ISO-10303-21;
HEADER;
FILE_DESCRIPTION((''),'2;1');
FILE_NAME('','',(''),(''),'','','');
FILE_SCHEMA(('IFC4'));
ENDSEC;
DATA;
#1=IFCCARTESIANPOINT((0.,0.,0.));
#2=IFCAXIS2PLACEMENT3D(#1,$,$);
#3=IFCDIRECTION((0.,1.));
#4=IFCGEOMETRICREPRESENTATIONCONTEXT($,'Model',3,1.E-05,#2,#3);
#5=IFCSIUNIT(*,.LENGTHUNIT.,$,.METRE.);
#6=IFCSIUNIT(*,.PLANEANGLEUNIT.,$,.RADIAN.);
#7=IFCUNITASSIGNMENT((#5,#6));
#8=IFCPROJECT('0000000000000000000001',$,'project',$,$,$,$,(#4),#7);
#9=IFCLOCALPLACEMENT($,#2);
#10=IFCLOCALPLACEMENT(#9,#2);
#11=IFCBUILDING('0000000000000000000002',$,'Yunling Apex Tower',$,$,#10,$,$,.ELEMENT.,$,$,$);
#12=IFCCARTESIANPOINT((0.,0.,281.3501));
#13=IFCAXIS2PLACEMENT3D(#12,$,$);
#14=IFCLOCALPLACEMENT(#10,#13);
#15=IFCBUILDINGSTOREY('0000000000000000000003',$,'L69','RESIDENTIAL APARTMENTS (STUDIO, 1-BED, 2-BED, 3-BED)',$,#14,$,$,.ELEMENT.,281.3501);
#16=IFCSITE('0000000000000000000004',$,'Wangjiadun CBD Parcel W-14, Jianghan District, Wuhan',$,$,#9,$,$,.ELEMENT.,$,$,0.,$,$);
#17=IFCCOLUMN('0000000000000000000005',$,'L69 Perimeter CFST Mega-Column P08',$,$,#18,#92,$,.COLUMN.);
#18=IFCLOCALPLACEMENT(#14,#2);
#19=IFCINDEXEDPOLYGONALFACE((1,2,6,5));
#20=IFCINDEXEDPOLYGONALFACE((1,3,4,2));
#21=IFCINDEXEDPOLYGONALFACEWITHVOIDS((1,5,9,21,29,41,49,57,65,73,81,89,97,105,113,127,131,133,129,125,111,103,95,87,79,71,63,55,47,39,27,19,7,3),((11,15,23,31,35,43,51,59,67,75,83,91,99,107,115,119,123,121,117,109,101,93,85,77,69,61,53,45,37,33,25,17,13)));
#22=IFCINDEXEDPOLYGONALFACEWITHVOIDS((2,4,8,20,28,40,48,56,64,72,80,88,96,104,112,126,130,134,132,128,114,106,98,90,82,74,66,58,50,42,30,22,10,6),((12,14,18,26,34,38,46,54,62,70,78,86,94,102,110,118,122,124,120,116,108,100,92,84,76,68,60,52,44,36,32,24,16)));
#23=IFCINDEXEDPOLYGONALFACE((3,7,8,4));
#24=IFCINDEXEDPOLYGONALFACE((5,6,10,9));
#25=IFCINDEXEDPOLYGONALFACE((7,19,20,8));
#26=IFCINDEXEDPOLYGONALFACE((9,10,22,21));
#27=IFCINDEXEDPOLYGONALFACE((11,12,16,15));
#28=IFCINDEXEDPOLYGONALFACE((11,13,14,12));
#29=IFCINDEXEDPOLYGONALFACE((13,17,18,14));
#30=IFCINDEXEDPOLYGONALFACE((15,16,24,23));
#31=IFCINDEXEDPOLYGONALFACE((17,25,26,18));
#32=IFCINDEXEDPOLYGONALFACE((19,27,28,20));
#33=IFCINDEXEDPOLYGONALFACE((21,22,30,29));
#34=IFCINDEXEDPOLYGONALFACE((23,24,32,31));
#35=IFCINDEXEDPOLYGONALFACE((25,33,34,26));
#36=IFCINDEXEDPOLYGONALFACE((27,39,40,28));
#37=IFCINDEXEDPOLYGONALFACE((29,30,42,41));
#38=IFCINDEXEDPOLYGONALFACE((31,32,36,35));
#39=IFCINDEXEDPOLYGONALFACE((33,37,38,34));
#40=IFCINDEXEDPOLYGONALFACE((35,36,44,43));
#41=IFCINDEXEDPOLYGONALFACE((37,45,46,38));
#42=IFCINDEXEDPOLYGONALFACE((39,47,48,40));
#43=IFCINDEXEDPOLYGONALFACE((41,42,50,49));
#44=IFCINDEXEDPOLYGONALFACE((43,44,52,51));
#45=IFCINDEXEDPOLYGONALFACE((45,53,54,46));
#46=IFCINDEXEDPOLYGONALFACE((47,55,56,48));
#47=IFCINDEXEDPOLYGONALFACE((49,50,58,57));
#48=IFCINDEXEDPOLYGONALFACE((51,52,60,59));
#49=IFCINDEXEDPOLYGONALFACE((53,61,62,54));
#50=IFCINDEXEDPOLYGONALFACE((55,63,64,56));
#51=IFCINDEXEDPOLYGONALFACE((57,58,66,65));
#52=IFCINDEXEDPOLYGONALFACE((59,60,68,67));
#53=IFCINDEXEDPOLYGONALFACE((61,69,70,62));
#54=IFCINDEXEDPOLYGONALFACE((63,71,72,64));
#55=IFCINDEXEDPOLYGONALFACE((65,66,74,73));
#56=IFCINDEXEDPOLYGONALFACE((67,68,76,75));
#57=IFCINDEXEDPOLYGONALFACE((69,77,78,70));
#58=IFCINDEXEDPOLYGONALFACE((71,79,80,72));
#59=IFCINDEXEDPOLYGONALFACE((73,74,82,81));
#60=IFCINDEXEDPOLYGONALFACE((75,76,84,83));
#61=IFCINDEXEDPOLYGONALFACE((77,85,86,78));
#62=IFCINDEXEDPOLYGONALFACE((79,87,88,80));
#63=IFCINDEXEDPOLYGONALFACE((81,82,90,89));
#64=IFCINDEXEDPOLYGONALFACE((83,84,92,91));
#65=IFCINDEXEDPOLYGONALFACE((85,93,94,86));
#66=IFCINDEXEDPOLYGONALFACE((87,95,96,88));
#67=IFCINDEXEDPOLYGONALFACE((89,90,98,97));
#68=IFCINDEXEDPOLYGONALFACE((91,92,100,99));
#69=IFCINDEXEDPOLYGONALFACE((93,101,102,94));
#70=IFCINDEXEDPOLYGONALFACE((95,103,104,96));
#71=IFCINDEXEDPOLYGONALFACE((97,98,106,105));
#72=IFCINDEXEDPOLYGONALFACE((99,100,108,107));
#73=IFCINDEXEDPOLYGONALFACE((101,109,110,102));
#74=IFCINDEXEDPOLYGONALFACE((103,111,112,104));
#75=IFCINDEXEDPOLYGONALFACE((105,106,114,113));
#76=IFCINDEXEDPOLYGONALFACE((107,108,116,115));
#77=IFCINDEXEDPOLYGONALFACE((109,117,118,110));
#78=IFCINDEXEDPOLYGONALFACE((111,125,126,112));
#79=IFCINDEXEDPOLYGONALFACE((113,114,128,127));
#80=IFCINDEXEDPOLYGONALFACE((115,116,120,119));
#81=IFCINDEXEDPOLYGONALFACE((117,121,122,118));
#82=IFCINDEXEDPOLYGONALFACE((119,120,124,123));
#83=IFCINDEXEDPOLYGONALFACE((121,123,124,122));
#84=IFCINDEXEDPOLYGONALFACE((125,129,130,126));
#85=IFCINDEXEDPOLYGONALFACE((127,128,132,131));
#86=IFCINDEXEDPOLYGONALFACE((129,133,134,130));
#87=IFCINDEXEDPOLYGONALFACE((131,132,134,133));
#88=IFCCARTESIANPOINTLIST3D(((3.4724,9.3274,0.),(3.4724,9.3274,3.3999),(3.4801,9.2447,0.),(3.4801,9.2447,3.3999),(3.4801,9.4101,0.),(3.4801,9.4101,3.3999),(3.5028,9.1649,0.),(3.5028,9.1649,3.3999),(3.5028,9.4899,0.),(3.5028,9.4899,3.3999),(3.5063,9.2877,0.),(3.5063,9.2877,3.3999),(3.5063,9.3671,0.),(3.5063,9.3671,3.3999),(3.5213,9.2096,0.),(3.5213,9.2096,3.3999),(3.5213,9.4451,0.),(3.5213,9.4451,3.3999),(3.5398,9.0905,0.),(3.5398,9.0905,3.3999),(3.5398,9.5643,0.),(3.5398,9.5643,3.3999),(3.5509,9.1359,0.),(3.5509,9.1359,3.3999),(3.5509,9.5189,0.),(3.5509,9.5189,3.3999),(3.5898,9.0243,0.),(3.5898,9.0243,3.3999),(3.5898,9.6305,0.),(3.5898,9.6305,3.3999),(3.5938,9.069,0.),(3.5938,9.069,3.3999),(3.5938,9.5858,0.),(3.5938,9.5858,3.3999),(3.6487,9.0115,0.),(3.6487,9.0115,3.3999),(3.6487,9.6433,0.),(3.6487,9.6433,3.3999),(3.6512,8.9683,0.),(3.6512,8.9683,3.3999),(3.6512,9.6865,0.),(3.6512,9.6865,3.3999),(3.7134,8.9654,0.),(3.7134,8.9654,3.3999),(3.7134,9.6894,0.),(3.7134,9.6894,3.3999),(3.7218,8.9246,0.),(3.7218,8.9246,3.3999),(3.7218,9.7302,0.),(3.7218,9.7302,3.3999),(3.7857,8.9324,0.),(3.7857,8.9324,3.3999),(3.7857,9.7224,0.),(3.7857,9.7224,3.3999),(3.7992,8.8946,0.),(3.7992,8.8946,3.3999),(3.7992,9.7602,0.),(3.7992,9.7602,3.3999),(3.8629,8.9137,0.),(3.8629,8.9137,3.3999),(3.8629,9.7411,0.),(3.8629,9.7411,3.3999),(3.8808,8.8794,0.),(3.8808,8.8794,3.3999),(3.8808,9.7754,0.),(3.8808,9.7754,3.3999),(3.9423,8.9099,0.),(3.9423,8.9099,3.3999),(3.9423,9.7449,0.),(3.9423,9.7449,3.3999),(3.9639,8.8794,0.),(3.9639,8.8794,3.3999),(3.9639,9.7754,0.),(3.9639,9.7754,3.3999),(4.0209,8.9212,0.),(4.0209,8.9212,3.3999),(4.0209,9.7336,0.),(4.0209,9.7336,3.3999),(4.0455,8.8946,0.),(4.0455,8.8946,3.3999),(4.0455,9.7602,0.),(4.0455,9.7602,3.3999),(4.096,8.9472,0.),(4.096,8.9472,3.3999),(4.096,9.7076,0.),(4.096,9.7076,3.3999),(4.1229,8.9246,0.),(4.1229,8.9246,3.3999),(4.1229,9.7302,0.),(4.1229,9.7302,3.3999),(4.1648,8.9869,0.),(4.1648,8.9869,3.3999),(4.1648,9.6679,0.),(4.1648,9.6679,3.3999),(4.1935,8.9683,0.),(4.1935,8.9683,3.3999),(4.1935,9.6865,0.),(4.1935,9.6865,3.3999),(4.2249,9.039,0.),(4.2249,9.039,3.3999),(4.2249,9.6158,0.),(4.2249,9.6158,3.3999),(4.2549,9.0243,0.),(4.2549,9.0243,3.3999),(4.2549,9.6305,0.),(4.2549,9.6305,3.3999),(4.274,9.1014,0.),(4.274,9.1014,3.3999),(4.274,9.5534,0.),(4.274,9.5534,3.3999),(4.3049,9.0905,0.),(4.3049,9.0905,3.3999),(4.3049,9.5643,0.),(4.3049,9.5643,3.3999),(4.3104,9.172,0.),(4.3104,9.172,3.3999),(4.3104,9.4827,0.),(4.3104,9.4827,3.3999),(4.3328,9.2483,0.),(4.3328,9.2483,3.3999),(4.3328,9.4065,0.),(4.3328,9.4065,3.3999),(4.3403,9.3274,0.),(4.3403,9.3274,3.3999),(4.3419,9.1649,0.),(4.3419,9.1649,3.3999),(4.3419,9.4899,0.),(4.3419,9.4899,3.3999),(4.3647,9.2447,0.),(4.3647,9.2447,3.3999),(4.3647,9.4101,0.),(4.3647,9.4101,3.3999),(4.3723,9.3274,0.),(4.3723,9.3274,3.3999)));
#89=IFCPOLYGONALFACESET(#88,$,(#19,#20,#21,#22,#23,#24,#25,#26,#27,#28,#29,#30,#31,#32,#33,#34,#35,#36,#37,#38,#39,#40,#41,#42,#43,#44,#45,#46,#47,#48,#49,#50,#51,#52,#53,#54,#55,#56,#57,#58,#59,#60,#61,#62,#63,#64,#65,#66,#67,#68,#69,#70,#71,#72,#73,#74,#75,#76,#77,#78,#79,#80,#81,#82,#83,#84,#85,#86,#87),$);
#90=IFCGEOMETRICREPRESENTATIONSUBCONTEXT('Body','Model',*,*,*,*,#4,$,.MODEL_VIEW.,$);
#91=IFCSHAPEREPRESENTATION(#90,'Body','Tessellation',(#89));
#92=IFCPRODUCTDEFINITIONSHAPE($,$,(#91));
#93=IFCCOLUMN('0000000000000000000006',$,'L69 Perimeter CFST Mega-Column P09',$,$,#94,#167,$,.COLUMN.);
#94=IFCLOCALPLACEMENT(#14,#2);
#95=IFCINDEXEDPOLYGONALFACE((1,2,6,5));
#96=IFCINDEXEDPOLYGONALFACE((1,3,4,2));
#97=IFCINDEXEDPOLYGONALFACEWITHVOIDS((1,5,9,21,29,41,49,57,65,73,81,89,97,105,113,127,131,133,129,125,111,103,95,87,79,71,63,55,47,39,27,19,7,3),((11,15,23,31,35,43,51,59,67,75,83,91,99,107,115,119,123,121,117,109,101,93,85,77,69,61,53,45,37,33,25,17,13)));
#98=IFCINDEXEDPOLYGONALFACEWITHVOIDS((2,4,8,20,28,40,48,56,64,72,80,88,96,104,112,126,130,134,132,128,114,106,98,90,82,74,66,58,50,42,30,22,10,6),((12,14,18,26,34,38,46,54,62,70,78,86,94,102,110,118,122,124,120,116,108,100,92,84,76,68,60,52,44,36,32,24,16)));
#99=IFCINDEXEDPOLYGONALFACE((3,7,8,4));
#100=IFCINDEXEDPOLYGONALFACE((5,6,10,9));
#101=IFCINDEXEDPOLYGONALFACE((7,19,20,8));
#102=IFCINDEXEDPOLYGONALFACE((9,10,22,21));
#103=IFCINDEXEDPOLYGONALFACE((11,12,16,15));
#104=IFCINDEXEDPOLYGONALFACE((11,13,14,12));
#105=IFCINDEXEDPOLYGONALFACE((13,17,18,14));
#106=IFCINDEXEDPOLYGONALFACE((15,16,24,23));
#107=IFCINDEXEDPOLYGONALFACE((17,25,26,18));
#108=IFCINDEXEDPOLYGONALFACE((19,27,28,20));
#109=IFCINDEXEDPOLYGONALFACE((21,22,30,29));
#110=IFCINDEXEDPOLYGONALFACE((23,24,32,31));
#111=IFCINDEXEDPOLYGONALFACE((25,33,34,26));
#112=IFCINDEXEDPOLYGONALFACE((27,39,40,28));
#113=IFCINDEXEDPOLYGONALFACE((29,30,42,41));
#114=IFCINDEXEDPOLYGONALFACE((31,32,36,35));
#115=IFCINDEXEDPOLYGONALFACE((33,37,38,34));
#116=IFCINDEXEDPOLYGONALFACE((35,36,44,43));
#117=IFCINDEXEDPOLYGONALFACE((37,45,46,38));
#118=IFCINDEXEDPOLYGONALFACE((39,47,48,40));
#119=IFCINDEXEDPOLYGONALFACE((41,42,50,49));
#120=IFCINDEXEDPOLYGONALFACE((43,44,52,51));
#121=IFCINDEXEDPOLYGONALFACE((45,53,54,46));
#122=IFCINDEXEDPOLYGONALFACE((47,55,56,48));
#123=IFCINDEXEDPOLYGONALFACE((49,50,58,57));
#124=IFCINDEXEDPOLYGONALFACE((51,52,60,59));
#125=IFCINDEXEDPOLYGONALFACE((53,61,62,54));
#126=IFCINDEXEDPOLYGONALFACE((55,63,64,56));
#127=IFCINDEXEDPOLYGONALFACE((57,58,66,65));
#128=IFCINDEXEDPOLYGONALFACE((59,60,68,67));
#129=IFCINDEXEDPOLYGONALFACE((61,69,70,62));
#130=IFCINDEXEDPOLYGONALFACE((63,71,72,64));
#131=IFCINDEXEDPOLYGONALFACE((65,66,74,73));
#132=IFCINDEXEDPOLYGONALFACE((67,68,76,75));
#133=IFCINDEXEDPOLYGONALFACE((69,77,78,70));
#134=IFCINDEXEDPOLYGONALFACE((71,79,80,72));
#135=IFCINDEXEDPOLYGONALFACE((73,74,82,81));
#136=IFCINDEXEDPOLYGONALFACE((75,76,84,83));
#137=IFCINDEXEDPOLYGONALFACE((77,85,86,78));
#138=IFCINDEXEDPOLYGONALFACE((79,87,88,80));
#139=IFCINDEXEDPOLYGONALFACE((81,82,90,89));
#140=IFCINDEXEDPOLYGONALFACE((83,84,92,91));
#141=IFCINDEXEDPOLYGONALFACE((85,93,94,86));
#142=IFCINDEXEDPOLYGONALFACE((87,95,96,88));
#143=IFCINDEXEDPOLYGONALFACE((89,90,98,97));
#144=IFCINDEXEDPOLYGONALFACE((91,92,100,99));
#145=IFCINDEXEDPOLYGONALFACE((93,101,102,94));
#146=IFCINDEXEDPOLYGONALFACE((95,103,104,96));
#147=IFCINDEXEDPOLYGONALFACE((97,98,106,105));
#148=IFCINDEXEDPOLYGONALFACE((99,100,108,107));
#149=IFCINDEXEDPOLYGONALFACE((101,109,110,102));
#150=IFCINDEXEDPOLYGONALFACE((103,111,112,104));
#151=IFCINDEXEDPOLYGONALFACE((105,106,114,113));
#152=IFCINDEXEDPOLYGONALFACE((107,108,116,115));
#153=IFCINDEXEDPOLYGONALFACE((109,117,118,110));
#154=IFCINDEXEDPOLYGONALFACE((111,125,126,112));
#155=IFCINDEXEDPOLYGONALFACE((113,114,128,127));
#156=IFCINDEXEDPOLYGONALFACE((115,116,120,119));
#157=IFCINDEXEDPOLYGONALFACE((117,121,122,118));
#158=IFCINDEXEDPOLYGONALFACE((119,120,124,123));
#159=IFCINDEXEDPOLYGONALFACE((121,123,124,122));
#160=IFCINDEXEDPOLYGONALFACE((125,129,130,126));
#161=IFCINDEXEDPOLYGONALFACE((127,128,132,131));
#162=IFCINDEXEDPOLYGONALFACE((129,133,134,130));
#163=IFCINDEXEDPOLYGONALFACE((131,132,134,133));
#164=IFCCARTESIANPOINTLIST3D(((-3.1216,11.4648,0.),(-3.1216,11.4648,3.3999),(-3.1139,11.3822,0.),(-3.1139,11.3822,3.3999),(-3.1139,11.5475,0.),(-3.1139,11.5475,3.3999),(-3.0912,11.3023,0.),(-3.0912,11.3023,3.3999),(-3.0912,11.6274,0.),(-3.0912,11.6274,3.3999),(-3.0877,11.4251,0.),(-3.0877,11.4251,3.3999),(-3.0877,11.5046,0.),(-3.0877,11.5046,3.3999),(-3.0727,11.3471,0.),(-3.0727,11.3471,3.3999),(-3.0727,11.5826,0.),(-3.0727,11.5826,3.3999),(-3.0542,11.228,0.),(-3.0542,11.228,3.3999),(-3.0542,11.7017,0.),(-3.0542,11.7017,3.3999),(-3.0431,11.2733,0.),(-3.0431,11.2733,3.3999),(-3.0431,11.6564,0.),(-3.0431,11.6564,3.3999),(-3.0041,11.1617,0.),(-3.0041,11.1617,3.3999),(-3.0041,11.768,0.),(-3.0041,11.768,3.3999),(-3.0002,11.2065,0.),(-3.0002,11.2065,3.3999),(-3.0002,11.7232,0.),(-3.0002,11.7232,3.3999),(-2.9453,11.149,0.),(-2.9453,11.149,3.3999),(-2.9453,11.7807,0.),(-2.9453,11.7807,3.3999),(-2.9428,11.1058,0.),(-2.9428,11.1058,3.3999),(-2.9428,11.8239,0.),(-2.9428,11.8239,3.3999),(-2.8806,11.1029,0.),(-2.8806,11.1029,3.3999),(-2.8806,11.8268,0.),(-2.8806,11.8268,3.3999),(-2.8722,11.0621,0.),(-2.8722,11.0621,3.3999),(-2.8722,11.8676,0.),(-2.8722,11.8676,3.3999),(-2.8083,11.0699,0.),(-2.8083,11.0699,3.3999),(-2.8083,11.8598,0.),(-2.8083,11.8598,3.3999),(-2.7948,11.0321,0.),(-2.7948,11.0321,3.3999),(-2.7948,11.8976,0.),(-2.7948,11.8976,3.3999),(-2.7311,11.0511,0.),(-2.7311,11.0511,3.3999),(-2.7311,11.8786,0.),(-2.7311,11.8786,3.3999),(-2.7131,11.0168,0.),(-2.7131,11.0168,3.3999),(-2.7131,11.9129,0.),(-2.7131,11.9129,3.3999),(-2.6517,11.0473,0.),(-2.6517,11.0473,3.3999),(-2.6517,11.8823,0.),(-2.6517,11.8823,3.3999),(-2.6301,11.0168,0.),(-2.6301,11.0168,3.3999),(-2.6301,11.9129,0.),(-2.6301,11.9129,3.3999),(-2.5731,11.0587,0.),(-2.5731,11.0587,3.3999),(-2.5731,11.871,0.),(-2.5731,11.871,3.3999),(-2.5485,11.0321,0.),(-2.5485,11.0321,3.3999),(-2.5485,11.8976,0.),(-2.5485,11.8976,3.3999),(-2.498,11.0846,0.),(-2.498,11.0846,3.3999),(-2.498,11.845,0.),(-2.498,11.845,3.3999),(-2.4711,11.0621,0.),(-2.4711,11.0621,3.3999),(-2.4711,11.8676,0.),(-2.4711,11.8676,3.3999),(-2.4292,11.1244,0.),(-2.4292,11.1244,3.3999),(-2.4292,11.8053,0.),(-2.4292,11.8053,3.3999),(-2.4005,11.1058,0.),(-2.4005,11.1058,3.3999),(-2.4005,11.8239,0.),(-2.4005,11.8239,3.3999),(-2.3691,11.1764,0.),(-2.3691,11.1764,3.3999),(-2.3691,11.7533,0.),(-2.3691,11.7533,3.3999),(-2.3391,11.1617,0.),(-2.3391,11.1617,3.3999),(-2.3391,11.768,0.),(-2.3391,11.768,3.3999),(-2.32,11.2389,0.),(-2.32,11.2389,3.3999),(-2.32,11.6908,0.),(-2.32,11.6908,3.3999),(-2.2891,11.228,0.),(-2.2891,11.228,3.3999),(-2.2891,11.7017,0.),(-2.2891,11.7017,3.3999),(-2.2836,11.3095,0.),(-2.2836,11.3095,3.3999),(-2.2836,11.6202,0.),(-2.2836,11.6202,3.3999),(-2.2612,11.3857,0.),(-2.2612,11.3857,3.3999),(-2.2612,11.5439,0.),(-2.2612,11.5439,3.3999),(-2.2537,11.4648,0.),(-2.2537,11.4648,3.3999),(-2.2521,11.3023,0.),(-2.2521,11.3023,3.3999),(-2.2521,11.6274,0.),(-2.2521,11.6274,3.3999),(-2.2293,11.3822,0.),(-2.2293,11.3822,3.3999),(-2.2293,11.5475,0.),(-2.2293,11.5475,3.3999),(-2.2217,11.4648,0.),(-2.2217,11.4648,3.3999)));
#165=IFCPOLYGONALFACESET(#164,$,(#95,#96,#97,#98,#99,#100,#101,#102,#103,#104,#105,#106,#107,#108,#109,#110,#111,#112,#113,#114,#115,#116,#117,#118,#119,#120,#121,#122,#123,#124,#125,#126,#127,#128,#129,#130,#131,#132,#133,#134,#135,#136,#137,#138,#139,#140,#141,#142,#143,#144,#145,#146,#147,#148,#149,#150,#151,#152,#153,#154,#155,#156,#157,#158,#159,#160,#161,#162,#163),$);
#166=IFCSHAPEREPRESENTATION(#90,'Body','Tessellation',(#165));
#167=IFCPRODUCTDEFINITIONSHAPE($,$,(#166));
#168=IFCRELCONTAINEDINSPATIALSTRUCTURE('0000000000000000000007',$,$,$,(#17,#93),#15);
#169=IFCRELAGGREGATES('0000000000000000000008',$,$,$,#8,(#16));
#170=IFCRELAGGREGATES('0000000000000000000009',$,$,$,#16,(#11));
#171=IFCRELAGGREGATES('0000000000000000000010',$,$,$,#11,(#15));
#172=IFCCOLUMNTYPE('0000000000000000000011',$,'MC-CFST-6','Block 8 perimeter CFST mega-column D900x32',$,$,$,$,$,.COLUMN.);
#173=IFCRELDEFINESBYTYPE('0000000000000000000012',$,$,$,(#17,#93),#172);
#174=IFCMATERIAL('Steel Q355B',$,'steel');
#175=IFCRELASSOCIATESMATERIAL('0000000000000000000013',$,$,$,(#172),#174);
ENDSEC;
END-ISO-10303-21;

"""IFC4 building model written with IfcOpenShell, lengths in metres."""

from ifc_helpers import new_model, si_unit, direction, frame, origin, origin_2d, place, context, subcontext, project, spatial, hollow_circle, extrude, source, transform, mapped, material, material_profile, profile_set, type_object, element, save


model = new_model("IFC4")

# Units and contexts
model_context = context("Model", 3, precision=1e-05, world=origin(), true_north=direction((0.0, 1.0)))
body_context = subcontext(model_context, "Body", "Model", "MODEL_VIEW")
ifc_project = project(units=[si_unit("LENGTHUNIT", "METRE"), si_unit("PLANEANGLEUNIT", "RADIAN")], contexts=[model_context])

# Site, building, storey
site_placement = place(None, origin())
site = spatial("IfcSite", under=ifc_project, at=site_placement, Name="Wangjiadun CBD Parcel W-14, Jianghan District, Wuhan", CompositionType="ELEMENT", RefElevation=0.0)
building_placement = place(site_placement, origin())
building = spatial("IfcBuilding", under=site, at=building_placement, Name="Yunling Apex Tower", CompositionType="ELEMENT")
storey_placement = place(building_placement, frame((0.0, 0.0, 281.3501)))
storey = spatial("IfcBuildingStorey", under=building, at=storey_placement, Name="L69", Description="RESIDENTIAL APARTMENTS (STUDIO, 1-BED, 2-BED, 3-BED)", CompositionType="ELEMENT", Elevation=281.3501)

# Columns
ifc_material_1 = material(Name="Steel Q355B", Category="steel")
ifc_material_profile_1 = material_profile(ifc_material_1, hollow_circle(Radius=0.45, WallThickness=0.032, at=origin_2d()))
ifc_profile_set_1 = profile_set([ifc_material_profile_1], Name="Steel Q355B")
column_type = type_object("IfcColumnType", Name="MC-CFST-6", Description="Block 8 perimeter CFST mega-column D900x32", PredefinedType="COLUMN", material=ifc_profile_set_1)
shared_shape_1 = source(origin(), body_context, "Body", "SweptSolid", [
    extrude(hollow_circle(Radius=0.45, WallThickness=0.032, at=origin_2d()), origin(), (0.0, 0.0, 1.0), 3.3999),
])
for number, where, z_axis, x_axis, name in (
    (1, (3.9224, 9.3274, 0.0), (0.0, 0.0, 1.0), (1.0, 0.0, 0.0), "L69 Perimeter CFST Mega-Column P08"),
    (2, (-2.6716, 11.4648, 0.0), (0.0, 0.0, 1.0), (1.0, 0.0, 0.0), "L69 Perimeter CFST Mega-Column P09"),
):
    element("IfcColumn", number, at=place(storey_placement, frame(where, z_axis=z_axis, x_axis=x_axis)), inside=storey, type_object=column_type, Name=name, PredefinedType="COLUMN", context=body_context, shape_type="MappedRepresentation", body=[
        mapped(shared_shape_1, transform((0.0, 0.0, 0.0), scale=1.0)),
    ])

save(model, "model.ifc")
